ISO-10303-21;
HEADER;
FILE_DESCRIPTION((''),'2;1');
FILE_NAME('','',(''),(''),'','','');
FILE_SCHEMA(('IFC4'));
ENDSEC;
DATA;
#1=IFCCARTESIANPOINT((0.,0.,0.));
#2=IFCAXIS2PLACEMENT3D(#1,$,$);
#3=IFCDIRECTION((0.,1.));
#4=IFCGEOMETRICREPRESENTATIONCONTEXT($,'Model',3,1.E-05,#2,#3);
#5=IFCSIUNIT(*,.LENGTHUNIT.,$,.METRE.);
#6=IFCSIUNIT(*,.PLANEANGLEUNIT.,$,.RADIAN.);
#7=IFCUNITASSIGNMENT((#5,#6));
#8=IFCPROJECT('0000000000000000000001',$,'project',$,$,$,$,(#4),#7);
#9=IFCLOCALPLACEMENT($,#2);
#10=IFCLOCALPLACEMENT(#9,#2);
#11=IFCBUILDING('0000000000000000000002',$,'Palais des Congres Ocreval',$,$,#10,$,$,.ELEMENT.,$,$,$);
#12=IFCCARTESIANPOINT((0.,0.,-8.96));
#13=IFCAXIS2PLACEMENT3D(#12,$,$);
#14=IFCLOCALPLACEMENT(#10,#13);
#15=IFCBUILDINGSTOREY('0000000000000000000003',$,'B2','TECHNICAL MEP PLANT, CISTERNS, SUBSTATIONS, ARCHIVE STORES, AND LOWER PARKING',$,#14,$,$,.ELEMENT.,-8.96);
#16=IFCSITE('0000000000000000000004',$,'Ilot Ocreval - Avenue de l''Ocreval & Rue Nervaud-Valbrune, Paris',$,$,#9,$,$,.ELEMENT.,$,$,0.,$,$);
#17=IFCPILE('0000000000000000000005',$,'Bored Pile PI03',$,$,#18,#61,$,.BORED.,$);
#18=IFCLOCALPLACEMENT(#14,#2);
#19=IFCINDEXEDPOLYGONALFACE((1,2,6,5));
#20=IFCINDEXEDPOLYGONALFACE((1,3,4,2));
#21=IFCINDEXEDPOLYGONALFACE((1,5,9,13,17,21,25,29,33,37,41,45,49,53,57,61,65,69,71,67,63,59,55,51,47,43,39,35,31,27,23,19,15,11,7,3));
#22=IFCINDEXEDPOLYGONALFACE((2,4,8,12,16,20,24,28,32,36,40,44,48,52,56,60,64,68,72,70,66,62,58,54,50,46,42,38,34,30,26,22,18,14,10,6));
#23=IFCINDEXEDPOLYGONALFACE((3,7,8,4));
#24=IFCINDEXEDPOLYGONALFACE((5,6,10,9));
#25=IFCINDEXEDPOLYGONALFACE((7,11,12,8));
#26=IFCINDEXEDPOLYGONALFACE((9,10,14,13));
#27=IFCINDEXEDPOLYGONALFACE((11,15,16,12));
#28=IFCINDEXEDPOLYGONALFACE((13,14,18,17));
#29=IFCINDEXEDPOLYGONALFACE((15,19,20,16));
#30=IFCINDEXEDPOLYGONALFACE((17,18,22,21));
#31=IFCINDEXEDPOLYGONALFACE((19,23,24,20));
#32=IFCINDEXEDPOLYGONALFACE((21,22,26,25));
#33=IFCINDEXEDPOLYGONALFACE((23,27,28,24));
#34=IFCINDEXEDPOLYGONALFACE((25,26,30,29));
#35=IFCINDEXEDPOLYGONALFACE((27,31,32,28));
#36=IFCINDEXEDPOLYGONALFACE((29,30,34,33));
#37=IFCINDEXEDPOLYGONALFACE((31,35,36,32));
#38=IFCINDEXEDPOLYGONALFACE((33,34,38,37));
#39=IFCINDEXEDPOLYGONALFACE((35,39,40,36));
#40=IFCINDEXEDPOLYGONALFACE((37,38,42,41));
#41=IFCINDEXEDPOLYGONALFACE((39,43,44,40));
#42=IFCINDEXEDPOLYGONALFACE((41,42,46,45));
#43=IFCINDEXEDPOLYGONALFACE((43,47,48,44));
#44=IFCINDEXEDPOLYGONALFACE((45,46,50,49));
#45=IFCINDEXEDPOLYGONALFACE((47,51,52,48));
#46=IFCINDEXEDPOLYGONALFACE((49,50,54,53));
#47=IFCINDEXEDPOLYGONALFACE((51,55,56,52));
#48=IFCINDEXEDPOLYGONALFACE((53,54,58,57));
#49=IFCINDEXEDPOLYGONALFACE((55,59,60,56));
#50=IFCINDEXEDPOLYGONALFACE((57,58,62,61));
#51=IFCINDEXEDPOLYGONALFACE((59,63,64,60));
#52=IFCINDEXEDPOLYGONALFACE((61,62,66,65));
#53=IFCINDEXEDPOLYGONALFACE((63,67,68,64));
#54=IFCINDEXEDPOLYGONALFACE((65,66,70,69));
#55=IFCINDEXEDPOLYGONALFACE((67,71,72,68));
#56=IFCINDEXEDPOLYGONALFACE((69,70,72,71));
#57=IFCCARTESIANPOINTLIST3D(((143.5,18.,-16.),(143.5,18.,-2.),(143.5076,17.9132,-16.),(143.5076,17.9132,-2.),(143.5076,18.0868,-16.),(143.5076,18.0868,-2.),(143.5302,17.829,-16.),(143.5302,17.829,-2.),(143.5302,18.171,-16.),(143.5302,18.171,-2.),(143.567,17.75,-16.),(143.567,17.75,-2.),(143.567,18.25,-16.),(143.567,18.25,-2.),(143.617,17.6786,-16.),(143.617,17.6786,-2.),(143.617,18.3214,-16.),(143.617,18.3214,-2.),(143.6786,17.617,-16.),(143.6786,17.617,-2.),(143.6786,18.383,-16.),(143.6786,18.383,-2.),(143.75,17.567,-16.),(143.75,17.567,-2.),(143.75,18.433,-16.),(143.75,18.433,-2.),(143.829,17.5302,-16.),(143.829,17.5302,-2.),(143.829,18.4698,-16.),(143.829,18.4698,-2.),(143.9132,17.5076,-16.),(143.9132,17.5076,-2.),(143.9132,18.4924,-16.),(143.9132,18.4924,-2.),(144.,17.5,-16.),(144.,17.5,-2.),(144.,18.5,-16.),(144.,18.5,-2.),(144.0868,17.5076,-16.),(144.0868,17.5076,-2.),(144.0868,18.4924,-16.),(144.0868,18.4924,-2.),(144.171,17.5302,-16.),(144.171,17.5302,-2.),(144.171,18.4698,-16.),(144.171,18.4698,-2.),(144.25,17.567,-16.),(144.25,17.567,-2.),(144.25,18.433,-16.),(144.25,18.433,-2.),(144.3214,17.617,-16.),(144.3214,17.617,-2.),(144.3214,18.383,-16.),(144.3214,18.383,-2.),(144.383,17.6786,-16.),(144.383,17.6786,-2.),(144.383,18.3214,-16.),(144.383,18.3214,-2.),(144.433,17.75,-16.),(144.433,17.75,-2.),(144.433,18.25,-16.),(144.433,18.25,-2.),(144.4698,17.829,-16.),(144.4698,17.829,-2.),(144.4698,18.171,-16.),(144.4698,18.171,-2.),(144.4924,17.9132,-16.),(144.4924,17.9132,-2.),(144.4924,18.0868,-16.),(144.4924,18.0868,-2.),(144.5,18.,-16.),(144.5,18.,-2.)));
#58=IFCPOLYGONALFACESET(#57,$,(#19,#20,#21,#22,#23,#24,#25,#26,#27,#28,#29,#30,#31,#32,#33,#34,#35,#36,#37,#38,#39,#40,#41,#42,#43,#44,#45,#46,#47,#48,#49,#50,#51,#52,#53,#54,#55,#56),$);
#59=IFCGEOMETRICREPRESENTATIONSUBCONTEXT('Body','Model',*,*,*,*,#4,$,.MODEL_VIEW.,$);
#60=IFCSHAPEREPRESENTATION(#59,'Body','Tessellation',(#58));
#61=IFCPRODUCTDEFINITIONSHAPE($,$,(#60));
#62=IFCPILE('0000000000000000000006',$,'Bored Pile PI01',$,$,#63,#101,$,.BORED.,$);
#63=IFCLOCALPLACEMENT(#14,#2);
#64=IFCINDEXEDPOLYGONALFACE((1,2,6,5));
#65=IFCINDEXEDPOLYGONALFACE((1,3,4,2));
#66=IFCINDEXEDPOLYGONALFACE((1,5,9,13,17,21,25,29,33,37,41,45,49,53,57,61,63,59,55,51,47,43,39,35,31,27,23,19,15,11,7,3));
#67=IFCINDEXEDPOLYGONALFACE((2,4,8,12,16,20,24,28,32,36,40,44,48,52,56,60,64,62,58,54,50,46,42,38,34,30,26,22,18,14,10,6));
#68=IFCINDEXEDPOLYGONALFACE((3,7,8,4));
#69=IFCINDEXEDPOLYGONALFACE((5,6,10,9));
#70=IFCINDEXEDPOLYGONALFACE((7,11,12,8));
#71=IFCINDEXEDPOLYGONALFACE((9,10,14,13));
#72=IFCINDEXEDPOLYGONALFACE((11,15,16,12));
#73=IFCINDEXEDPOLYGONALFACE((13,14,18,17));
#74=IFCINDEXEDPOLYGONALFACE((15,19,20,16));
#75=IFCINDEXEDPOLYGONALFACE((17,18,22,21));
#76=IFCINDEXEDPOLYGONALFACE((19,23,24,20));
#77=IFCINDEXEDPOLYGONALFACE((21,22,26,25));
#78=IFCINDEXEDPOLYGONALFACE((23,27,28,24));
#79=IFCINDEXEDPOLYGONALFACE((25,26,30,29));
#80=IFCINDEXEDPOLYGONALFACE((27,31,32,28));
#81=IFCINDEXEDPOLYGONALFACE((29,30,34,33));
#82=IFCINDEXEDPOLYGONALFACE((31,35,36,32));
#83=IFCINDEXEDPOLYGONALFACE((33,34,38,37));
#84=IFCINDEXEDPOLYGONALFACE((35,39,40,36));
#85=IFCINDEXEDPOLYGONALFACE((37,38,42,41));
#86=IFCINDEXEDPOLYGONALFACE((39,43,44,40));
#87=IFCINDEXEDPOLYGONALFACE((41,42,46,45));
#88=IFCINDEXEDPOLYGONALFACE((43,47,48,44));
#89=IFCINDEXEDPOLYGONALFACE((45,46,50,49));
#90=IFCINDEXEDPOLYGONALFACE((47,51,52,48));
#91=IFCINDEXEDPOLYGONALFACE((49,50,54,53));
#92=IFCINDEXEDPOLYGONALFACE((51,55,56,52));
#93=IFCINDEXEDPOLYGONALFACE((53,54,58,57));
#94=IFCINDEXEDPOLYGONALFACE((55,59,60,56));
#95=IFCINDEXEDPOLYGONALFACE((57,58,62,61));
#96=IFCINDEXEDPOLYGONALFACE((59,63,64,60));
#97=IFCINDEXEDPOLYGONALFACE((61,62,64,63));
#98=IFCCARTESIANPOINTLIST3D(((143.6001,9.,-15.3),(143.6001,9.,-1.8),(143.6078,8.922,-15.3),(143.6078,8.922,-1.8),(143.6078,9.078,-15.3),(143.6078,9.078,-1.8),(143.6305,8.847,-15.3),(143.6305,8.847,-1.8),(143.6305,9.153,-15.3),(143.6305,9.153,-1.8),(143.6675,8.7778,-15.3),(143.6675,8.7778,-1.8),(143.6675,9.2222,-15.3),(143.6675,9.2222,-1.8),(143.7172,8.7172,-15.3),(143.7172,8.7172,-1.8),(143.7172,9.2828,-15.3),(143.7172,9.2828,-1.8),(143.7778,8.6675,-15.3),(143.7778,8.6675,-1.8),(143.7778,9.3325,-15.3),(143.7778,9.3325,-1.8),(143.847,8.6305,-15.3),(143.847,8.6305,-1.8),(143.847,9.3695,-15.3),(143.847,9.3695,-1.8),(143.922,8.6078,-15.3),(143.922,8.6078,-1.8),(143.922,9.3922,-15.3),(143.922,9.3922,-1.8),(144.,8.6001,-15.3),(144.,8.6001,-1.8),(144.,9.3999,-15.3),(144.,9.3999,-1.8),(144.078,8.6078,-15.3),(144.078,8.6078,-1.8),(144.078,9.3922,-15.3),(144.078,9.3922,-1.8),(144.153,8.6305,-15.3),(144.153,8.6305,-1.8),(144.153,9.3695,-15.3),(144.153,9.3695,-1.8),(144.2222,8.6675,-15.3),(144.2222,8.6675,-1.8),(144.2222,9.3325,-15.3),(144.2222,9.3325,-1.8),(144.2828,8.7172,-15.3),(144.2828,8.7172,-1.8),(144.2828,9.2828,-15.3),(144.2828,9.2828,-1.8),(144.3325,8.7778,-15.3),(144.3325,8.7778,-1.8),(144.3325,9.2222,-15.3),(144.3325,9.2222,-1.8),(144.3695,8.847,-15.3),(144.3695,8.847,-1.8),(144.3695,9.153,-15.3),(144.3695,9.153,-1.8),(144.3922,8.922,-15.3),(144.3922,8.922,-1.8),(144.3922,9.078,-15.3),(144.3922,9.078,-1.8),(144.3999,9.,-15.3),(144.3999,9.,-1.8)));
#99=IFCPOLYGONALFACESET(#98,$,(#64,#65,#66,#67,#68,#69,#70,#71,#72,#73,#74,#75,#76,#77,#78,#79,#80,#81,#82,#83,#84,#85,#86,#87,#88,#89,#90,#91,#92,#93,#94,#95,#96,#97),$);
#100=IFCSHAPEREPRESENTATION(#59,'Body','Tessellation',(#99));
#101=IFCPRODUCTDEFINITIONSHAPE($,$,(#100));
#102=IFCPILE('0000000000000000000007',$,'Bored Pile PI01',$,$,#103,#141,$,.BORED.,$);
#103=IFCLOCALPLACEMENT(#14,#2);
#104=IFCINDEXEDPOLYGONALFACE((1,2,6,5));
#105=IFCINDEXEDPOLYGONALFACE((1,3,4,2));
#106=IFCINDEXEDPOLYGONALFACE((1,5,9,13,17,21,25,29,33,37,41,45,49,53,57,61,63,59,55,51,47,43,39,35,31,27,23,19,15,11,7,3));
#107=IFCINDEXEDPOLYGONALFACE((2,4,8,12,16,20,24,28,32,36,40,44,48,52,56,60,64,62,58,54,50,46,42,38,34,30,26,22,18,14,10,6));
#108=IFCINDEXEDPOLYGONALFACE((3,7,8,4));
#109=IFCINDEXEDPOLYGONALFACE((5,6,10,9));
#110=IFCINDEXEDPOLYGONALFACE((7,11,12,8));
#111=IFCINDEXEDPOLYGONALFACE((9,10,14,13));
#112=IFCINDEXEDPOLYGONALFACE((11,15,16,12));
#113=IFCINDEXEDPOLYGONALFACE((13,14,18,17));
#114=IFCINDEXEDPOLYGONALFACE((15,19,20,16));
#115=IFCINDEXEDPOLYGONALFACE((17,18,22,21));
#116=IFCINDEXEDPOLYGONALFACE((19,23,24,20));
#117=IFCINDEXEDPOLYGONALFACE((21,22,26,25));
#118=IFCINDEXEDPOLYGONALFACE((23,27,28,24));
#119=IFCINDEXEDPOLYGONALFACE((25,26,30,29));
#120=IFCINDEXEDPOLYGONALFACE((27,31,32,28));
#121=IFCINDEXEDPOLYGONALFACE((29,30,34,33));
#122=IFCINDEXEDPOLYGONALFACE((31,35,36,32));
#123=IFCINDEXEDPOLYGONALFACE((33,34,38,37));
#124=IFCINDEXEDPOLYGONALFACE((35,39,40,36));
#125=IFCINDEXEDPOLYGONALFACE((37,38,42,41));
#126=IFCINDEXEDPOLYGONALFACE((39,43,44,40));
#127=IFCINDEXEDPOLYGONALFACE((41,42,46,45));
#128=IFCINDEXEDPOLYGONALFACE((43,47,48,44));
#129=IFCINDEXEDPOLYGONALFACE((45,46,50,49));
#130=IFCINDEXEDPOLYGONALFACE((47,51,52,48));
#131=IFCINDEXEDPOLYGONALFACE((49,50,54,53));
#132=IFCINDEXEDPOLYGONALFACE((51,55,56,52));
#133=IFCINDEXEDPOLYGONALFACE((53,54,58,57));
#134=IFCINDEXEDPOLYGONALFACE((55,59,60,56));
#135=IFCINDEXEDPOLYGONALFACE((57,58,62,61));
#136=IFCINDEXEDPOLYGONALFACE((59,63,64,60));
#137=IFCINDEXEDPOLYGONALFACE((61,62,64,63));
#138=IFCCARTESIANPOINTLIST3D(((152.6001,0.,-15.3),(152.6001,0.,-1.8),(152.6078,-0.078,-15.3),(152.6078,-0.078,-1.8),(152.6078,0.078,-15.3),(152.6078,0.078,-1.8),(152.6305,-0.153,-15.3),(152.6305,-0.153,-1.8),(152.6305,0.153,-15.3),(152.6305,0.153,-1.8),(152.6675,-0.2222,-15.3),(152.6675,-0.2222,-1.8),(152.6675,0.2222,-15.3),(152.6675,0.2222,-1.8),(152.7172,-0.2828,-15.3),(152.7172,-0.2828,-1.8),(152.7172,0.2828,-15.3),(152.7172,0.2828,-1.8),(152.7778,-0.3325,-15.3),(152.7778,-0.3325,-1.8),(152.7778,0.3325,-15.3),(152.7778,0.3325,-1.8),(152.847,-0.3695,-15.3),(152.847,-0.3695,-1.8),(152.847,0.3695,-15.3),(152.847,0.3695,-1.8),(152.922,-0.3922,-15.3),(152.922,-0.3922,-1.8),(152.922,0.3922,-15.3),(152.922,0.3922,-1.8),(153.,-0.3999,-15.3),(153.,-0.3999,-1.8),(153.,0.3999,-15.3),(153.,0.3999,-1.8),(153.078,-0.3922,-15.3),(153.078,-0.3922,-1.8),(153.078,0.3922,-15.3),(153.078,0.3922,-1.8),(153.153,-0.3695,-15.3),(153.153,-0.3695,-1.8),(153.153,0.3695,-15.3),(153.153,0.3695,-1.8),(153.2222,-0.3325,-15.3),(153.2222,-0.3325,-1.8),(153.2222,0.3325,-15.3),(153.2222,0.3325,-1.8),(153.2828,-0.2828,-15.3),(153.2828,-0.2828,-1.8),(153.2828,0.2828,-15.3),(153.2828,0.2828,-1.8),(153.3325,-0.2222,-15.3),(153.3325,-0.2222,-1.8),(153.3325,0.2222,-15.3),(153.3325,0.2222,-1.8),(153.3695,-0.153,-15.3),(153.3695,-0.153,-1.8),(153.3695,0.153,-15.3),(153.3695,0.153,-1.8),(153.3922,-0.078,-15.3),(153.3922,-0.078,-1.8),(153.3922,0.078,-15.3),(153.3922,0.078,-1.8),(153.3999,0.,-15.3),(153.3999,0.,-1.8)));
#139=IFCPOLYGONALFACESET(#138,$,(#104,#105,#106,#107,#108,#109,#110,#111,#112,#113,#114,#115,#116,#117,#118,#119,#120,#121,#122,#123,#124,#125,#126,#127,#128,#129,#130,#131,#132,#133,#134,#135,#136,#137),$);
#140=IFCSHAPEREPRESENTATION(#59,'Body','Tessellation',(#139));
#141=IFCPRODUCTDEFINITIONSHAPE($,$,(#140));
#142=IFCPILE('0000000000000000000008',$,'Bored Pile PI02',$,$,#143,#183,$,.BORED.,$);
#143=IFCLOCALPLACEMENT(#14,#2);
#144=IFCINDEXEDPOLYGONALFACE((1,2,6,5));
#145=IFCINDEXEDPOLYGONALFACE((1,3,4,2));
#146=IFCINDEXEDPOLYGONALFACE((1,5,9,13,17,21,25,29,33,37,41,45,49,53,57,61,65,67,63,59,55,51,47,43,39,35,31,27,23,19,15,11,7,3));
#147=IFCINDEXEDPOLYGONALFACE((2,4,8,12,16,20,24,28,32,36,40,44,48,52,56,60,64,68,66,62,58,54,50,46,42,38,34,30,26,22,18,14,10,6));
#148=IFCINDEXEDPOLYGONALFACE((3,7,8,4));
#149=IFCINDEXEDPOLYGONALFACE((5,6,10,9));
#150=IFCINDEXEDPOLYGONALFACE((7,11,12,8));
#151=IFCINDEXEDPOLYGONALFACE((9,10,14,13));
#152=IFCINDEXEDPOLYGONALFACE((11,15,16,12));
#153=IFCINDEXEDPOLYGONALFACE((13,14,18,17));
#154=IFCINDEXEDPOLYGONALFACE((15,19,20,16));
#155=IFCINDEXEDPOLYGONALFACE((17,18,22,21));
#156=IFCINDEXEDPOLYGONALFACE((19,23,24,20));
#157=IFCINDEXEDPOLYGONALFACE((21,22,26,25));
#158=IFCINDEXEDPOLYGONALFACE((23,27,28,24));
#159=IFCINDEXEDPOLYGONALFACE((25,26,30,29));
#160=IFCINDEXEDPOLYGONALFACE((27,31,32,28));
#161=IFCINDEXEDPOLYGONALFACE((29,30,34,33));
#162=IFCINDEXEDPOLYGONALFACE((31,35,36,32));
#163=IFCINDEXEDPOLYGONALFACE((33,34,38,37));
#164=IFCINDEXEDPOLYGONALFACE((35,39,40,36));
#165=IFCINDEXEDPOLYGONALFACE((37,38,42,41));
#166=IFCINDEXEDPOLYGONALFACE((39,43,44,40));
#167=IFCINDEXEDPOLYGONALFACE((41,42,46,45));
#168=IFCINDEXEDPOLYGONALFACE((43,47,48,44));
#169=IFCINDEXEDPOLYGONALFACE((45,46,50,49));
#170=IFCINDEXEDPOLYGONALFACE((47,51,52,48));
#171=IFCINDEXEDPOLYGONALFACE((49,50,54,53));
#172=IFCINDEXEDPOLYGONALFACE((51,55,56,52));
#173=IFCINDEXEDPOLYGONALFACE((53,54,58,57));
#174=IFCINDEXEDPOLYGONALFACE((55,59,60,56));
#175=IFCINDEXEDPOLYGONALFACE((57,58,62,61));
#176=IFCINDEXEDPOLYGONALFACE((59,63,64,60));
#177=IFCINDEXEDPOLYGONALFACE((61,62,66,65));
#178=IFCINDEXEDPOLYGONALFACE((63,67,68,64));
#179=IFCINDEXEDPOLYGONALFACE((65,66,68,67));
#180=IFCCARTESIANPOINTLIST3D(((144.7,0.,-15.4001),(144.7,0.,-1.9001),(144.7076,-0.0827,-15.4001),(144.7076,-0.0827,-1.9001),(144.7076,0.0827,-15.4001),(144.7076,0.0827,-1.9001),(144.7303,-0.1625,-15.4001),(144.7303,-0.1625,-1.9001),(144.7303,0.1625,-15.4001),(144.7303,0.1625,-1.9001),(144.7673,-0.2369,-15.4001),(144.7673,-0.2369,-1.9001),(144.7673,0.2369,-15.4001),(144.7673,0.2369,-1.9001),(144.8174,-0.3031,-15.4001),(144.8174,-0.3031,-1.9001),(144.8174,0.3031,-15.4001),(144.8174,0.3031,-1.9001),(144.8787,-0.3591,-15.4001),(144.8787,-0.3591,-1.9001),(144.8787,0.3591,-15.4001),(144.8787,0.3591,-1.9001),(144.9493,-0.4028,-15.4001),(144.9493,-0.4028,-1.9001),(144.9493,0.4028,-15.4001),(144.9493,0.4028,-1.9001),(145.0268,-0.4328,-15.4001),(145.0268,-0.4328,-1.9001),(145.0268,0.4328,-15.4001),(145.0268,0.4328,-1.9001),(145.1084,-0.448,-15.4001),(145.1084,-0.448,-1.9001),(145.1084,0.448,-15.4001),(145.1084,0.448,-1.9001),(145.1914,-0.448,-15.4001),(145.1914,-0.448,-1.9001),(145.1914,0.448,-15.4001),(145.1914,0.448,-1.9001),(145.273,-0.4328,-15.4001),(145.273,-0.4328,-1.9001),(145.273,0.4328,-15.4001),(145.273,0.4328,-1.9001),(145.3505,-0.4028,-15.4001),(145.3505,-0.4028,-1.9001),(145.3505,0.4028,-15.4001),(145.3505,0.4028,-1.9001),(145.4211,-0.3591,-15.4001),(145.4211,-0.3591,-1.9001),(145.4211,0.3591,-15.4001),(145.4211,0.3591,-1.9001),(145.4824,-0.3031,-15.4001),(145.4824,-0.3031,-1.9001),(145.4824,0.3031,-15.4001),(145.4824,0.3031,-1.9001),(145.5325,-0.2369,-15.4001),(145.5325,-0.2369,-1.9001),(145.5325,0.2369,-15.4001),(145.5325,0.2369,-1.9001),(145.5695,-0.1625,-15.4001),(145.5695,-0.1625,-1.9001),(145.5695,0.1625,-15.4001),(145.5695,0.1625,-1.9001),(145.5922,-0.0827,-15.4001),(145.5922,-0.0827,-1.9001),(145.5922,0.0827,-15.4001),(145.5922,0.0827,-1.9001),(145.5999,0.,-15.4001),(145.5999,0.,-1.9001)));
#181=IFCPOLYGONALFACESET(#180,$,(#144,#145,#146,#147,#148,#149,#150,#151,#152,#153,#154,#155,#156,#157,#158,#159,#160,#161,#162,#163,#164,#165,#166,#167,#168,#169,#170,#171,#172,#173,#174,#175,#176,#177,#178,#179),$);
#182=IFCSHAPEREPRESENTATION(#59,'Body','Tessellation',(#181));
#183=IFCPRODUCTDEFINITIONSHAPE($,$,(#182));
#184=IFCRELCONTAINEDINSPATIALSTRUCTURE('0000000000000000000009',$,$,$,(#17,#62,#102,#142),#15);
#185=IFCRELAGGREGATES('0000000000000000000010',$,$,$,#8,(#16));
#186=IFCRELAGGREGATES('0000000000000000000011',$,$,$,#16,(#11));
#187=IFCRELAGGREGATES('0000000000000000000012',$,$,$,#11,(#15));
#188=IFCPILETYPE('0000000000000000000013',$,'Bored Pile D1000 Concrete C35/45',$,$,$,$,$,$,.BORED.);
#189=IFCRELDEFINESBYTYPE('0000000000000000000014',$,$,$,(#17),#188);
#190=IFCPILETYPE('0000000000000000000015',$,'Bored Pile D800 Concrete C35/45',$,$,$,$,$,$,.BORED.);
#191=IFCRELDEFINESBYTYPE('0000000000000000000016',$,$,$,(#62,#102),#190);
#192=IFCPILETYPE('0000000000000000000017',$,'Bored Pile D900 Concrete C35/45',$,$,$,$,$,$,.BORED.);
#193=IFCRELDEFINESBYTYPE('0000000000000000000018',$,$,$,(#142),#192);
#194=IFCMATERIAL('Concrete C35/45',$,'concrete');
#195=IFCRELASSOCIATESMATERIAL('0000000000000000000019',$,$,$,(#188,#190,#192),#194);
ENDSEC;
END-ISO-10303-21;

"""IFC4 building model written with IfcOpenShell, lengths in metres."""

from ifc_helpers import new_model, si_unit, direction, frame, origin, origin_2d, place, context, subcontext, project, spatial, circle, extrude, material, material_profile, profile_set, type_object, element, save


model = new_model("IFC4")

# Units and contexts
model_context = context("Model", 3, precision=1e-05, world=origin(), true_north=direction((0.0, 1.0)))
body_context = subcontext(model_context, "Body", "Model", "MODEL_VIEW")
ifc_project = project(units=[si_unit("LENGTHUNIT", "METRE"), si_unit("PLANEANGLEUNIT", "RADIAN")], contexts=[model_context])

# Site, building, storey
site_placement = place(None, origin())
site = spatial("IfcSite", under=ifc_project, at=site_placement, Name="Ilot Ocreval - Avenue de l'Ocreval & Rue Nervaud-Valbrune, Paris", CompositionType="ELEMENT", RefElevation=0.0)
building_placement = place(site_placement, origin())
building = spatial("IfcBuilding", under=site, at=building_placement, Name="Palais des Congres Ocreval", CompositionType="ELEMENT")
storey_placement = place(building_placement, frame((0.0, 0.0, -8.96)))
storey = spatial("IfcBuildingStorey", under=building, at=storey_placement, Name="B2", Description="TECHNICAL MEP PLANT, CISTERNS, SUBSTATIONS, ARCHIVE STORES, AND LOWER PARKING", CompositionType="ELEMENT", Elevation=-8.96)

# Piles
ifc_material_1 = material(Name="Concrete C35/45", Category="concrete")
ifc_material_profile_1 = material_profile(ifc_material_1, circle(Radius=0.5, at=origin_2d()), Name="BORED PILE 1000")
ifc_profile_set_1 = profile_set([ifc_material_profile_1], Name="Concrete C35/45")
pile_type_1 = type_object("IfcPileType", Name="Bored Pile D1000 Concrete C35/45", PredefinedType="BORED", material=ifc_profile_set_1)
pile_placement = place(storey_placement, frame((144.0, 18.0, -2.0), z_axis=(0.0, 0.0, -1.0), x_axis=(1.0, 0.0, 0.0)))
element("IfcPile", 1, at=pile_placement, inside=storey, type_object=pile_type_1, Name="Bored Pile PI03", PredefinedType="BORED", context=body_context, shape_type="SweptSolid", body=[
    extrude(circle(Radius=0.5, at=origin_2d()), origin(), (0.0, 0.0, 1.0), 14.0),
])
ifc_material_profile_2 = material_profile(ifc_material_1, circle(Radius=0.3999, at=origin_2d()), Name="BORED PILE 800")
ifc_profile_set_2 = profile_set([ifc_material_profile_2], Name="Concrete C35/45")
pile_type_2 = type_object("IfcPileType", Name="Bored Pile D800 Concrete C35/45", PredefinedType="BORED", material=ifc_profile_set_2)
for number, where, z_axis, x_axis, name in (
    (2, (144.0, 9.0, -1.8), (0.0, 0.0, -1.0), (1.0, 0.0, 0.0), "Bored Pile PI01"),
    (3, (153.0, 0.0, -1.8), (0.0, 0.0, -1.0), (1.0, 0.0, 0.0), "Bored Pile PI01"),
):
    element("IfcPile", number, at=place(storey_placement, frame(where, z_axis=z_axis, x_axis=x_axis)), inside=storey, type_object=pile_type_2, Name=name, PredefinedType="BORED", context=body_context, shape_type="SweptSolid", body=[
        extrude(circle(Radius=0.3999, at=origin_2d()), origin(), (0.0, 0.0, 1.0), 13.5),
    ])
ifc_material_profile_3 = material_profile(ifc_material_1, circle(Radius=0.45, at=origin_2d()), Name="BORED PILE 900")
ifc_profile_set_3 = profile_set([ifc_material_profile_3], Name="Concrete C35/45")
pile_type_3 = type_object("IfcPileType", Name="Bored Pile D900 Concrete C35/45", PredefinedType="BORED", material=ifc_profile_set_3)
for number, where, z_axis, x_axis, name in (
    (4, (145.1499, 0.0, -1.9001), (0.0, 0.0, -1.0), (1.0, 0.0, 0.0), "Bored Pile PI02"),
):
    element("IfcPile", number, at=place(storey_placement, frame(where, z_axis=z_axis, x_axis=x_axis)), inside=storey, type_object=pile_type_3, Name=name, PredefinedType="BORED", context=body_context, shape_type="SweptSolid", body=[
        extrude(circle(Radius=0.45, at=origin_2d()), origin(), (0.0, 0.0, 1.0), 13.5),
    ])

save(model, "model.ifc")
